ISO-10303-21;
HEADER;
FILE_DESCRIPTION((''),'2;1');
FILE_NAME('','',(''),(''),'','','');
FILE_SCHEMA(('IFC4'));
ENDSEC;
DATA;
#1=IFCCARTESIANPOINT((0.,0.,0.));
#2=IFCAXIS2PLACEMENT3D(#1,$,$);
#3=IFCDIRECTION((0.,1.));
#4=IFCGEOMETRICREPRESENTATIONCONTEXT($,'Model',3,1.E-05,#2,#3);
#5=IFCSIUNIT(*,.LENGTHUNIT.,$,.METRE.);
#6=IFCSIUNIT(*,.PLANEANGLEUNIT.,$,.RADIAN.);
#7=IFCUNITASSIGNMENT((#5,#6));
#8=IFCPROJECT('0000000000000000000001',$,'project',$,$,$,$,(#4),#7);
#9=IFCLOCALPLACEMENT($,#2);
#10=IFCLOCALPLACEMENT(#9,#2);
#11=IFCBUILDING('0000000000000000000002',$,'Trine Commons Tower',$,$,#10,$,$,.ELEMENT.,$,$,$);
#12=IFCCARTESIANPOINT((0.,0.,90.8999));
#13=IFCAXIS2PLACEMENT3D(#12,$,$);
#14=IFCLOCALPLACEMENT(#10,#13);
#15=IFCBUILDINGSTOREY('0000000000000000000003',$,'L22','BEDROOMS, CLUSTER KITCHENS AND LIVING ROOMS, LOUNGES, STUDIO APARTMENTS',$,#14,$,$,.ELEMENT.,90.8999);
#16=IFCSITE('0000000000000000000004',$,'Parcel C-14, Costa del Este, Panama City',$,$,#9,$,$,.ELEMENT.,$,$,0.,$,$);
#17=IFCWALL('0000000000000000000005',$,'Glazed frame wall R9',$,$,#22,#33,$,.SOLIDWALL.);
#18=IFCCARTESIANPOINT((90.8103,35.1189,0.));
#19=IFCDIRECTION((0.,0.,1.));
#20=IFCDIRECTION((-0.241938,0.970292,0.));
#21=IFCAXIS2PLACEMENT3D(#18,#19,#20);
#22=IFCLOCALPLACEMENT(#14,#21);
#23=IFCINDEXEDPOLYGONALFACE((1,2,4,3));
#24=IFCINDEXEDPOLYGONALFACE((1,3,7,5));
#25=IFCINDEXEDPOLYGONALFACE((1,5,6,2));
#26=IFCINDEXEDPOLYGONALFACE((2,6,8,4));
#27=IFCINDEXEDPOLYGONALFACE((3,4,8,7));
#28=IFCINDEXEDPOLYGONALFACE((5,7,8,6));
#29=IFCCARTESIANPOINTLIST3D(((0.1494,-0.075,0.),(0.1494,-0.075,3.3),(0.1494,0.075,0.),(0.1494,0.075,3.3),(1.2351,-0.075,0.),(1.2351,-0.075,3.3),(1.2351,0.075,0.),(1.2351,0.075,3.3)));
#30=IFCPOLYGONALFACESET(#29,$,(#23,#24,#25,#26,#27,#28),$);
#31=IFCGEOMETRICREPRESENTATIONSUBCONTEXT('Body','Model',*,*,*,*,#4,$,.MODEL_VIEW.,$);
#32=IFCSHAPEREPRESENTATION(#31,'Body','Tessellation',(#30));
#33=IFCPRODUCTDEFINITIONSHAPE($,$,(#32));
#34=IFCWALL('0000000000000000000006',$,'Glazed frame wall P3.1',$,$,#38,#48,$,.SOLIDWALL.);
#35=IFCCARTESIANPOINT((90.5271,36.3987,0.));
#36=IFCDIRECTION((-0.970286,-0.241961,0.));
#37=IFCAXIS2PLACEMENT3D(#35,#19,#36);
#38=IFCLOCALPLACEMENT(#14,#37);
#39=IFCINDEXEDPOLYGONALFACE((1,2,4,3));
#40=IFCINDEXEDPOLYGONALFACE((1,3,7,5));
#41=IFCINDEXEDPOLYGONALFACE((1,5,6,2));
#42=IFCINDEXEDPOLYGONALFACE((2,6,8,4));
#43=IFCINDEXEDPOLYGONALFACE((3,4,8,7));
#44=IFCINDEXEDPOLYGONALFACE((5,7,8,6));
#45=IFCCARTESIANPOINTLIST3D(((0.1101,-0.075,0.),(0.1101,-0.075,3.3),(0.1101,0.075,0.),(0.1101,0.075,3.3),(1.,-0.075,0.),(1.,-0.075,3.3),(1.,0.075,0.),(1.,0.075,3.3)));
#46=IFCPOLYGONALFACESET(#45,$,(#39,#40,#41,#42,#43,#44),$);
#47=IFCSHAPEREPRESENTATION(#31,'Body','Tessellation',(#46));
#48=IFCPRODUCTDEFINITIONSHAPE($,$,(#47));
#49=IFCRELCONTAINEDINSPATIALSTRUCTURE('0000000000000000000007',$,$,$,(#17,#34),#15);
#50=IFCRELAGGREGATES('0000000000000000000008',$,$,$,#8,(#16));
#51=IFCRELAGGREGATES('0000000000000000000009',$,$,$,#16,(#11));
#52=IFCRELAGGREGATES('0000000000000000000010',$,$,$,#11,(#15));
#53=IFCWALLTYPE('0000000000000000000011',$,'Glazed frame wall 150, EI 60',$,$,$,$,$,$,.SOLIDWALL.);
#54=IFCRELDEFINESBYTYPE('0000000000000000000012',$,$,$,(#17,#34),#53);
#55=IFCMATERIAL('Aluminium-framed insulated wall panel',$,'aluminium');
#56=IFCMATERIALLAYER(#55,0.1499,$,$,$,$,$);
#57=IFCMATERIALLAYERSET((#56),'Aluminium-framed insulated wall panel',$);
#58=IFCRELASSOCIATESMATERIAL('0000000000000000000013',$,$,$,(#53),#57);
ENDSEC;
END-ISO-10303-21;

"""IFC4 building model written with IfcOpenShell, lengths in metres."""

from ifc_helpers import new_model, si_unit, direction, frame, origin, place, context, subcontext, project, spatial, polyline, outline, extrude, material, layer, layer_set, type_object, element, save


model = new_model("IFC4")

# Units and contexts
model_context = context("Model", 3, precision=1e-05, world=origin(), true_north=direction((0.0, 1.0)))
body_context = subcontext(model_context, "Body", "Model", "MODEL_VIEW")
ifc_project = project(units=[si_unit("LENGTHUNIT", "METRE"), si_unit("PLANEANGLEUNIT", "RADIAN")], contexts=[model_context])

# Site, building, storey
site_placement = place(None, origin())
site = spatial("IfcSite", under=ifc_project, at=site_placement, Name="Parcel C-14, Costa del Este, Panama City", CompositionType="ELEMENT", RefElevation=0.0)
building_placement = place(site_placement, origin())
building = spatial("IfcBuilding", under=site, at=building_placement, Name="Trine Commons Tower", CompositionType="ELEMENT")
storey_placement = place(building_placement, frame((0.0, 0.0, 90.8999)))
storey = spatial("IfcBuildingStorey", under=building, at=storey_placement, Name="L22", Description="BEDROOMS, CLUSTER KITCHENS AND LIVING ROOMS, LOUNGES, STUDIO APARTMENTS", CompositionType="ELEMENT", Elevation=90.8999)

# Walls
ifc_material_1 = material(Name="Aluminium-framed insulated wall panel", Category="aluminium")
ifc_layer_1 = layer(ifc_material_1, 0.1499)
ifc_layer_set_1 = layer_set([ifc_layer_1], Name="Aluminium-framed insulated wall panel")
wall_type_1 = type_object("IfcWallType", Name="Glazed frame wall 150, EI 60", PredefinedType="SOLIDWALL", material=ifc_layer_set_1)
wall_1_placement = place(storey_placement, frame((90.8103, 35.1189, 0.0), z_axis=(0.0, 0.0, 1.0), x_axis=(-0.241938, 0.970292, 0.0)))
element("IfcWall", 1, at=wall_1_placement, inside=storey, type_object=wall_type_1, Name="Glazed frame wall R9", PredefinedType="SOLIDWALL", context=body_context, shape_type="SweptSolid", body=[
    extrude(outline(polyline([(0.1494, 0.075), (0.1494, -0.075), (1.2351, -0.075), (1.2351, 0.075), (0.1494, 0.075)])), origin(), (0.0, 0.0, 1.0), 3.3),
])
wall_2_placement = place(storey_placement, frame((90.5271, 36.3987, 0.0), z_axis=(0.0, 0.0, 1.0), x_axis=(-0.970286, -0.241961, 0.0)))
element("IfcWall", 2, at=wall_2_placement, inside=storey, type_object=wall_type_1, Name="Glazed frame wall P3.1", PredefinedType="SOLIDWALL", context=body_context, shape_type="SweptSolid", body=[
    extrude(outline(polyline([(0.1101, -0.075), (1.0, -0.075), (1.0, 0.075), (0.1101, 0.075), (0.1101, -0.075)])), origin(), (0.0, 0.0, 1.0), 3.3),
])

save(model, "model.ifc")
